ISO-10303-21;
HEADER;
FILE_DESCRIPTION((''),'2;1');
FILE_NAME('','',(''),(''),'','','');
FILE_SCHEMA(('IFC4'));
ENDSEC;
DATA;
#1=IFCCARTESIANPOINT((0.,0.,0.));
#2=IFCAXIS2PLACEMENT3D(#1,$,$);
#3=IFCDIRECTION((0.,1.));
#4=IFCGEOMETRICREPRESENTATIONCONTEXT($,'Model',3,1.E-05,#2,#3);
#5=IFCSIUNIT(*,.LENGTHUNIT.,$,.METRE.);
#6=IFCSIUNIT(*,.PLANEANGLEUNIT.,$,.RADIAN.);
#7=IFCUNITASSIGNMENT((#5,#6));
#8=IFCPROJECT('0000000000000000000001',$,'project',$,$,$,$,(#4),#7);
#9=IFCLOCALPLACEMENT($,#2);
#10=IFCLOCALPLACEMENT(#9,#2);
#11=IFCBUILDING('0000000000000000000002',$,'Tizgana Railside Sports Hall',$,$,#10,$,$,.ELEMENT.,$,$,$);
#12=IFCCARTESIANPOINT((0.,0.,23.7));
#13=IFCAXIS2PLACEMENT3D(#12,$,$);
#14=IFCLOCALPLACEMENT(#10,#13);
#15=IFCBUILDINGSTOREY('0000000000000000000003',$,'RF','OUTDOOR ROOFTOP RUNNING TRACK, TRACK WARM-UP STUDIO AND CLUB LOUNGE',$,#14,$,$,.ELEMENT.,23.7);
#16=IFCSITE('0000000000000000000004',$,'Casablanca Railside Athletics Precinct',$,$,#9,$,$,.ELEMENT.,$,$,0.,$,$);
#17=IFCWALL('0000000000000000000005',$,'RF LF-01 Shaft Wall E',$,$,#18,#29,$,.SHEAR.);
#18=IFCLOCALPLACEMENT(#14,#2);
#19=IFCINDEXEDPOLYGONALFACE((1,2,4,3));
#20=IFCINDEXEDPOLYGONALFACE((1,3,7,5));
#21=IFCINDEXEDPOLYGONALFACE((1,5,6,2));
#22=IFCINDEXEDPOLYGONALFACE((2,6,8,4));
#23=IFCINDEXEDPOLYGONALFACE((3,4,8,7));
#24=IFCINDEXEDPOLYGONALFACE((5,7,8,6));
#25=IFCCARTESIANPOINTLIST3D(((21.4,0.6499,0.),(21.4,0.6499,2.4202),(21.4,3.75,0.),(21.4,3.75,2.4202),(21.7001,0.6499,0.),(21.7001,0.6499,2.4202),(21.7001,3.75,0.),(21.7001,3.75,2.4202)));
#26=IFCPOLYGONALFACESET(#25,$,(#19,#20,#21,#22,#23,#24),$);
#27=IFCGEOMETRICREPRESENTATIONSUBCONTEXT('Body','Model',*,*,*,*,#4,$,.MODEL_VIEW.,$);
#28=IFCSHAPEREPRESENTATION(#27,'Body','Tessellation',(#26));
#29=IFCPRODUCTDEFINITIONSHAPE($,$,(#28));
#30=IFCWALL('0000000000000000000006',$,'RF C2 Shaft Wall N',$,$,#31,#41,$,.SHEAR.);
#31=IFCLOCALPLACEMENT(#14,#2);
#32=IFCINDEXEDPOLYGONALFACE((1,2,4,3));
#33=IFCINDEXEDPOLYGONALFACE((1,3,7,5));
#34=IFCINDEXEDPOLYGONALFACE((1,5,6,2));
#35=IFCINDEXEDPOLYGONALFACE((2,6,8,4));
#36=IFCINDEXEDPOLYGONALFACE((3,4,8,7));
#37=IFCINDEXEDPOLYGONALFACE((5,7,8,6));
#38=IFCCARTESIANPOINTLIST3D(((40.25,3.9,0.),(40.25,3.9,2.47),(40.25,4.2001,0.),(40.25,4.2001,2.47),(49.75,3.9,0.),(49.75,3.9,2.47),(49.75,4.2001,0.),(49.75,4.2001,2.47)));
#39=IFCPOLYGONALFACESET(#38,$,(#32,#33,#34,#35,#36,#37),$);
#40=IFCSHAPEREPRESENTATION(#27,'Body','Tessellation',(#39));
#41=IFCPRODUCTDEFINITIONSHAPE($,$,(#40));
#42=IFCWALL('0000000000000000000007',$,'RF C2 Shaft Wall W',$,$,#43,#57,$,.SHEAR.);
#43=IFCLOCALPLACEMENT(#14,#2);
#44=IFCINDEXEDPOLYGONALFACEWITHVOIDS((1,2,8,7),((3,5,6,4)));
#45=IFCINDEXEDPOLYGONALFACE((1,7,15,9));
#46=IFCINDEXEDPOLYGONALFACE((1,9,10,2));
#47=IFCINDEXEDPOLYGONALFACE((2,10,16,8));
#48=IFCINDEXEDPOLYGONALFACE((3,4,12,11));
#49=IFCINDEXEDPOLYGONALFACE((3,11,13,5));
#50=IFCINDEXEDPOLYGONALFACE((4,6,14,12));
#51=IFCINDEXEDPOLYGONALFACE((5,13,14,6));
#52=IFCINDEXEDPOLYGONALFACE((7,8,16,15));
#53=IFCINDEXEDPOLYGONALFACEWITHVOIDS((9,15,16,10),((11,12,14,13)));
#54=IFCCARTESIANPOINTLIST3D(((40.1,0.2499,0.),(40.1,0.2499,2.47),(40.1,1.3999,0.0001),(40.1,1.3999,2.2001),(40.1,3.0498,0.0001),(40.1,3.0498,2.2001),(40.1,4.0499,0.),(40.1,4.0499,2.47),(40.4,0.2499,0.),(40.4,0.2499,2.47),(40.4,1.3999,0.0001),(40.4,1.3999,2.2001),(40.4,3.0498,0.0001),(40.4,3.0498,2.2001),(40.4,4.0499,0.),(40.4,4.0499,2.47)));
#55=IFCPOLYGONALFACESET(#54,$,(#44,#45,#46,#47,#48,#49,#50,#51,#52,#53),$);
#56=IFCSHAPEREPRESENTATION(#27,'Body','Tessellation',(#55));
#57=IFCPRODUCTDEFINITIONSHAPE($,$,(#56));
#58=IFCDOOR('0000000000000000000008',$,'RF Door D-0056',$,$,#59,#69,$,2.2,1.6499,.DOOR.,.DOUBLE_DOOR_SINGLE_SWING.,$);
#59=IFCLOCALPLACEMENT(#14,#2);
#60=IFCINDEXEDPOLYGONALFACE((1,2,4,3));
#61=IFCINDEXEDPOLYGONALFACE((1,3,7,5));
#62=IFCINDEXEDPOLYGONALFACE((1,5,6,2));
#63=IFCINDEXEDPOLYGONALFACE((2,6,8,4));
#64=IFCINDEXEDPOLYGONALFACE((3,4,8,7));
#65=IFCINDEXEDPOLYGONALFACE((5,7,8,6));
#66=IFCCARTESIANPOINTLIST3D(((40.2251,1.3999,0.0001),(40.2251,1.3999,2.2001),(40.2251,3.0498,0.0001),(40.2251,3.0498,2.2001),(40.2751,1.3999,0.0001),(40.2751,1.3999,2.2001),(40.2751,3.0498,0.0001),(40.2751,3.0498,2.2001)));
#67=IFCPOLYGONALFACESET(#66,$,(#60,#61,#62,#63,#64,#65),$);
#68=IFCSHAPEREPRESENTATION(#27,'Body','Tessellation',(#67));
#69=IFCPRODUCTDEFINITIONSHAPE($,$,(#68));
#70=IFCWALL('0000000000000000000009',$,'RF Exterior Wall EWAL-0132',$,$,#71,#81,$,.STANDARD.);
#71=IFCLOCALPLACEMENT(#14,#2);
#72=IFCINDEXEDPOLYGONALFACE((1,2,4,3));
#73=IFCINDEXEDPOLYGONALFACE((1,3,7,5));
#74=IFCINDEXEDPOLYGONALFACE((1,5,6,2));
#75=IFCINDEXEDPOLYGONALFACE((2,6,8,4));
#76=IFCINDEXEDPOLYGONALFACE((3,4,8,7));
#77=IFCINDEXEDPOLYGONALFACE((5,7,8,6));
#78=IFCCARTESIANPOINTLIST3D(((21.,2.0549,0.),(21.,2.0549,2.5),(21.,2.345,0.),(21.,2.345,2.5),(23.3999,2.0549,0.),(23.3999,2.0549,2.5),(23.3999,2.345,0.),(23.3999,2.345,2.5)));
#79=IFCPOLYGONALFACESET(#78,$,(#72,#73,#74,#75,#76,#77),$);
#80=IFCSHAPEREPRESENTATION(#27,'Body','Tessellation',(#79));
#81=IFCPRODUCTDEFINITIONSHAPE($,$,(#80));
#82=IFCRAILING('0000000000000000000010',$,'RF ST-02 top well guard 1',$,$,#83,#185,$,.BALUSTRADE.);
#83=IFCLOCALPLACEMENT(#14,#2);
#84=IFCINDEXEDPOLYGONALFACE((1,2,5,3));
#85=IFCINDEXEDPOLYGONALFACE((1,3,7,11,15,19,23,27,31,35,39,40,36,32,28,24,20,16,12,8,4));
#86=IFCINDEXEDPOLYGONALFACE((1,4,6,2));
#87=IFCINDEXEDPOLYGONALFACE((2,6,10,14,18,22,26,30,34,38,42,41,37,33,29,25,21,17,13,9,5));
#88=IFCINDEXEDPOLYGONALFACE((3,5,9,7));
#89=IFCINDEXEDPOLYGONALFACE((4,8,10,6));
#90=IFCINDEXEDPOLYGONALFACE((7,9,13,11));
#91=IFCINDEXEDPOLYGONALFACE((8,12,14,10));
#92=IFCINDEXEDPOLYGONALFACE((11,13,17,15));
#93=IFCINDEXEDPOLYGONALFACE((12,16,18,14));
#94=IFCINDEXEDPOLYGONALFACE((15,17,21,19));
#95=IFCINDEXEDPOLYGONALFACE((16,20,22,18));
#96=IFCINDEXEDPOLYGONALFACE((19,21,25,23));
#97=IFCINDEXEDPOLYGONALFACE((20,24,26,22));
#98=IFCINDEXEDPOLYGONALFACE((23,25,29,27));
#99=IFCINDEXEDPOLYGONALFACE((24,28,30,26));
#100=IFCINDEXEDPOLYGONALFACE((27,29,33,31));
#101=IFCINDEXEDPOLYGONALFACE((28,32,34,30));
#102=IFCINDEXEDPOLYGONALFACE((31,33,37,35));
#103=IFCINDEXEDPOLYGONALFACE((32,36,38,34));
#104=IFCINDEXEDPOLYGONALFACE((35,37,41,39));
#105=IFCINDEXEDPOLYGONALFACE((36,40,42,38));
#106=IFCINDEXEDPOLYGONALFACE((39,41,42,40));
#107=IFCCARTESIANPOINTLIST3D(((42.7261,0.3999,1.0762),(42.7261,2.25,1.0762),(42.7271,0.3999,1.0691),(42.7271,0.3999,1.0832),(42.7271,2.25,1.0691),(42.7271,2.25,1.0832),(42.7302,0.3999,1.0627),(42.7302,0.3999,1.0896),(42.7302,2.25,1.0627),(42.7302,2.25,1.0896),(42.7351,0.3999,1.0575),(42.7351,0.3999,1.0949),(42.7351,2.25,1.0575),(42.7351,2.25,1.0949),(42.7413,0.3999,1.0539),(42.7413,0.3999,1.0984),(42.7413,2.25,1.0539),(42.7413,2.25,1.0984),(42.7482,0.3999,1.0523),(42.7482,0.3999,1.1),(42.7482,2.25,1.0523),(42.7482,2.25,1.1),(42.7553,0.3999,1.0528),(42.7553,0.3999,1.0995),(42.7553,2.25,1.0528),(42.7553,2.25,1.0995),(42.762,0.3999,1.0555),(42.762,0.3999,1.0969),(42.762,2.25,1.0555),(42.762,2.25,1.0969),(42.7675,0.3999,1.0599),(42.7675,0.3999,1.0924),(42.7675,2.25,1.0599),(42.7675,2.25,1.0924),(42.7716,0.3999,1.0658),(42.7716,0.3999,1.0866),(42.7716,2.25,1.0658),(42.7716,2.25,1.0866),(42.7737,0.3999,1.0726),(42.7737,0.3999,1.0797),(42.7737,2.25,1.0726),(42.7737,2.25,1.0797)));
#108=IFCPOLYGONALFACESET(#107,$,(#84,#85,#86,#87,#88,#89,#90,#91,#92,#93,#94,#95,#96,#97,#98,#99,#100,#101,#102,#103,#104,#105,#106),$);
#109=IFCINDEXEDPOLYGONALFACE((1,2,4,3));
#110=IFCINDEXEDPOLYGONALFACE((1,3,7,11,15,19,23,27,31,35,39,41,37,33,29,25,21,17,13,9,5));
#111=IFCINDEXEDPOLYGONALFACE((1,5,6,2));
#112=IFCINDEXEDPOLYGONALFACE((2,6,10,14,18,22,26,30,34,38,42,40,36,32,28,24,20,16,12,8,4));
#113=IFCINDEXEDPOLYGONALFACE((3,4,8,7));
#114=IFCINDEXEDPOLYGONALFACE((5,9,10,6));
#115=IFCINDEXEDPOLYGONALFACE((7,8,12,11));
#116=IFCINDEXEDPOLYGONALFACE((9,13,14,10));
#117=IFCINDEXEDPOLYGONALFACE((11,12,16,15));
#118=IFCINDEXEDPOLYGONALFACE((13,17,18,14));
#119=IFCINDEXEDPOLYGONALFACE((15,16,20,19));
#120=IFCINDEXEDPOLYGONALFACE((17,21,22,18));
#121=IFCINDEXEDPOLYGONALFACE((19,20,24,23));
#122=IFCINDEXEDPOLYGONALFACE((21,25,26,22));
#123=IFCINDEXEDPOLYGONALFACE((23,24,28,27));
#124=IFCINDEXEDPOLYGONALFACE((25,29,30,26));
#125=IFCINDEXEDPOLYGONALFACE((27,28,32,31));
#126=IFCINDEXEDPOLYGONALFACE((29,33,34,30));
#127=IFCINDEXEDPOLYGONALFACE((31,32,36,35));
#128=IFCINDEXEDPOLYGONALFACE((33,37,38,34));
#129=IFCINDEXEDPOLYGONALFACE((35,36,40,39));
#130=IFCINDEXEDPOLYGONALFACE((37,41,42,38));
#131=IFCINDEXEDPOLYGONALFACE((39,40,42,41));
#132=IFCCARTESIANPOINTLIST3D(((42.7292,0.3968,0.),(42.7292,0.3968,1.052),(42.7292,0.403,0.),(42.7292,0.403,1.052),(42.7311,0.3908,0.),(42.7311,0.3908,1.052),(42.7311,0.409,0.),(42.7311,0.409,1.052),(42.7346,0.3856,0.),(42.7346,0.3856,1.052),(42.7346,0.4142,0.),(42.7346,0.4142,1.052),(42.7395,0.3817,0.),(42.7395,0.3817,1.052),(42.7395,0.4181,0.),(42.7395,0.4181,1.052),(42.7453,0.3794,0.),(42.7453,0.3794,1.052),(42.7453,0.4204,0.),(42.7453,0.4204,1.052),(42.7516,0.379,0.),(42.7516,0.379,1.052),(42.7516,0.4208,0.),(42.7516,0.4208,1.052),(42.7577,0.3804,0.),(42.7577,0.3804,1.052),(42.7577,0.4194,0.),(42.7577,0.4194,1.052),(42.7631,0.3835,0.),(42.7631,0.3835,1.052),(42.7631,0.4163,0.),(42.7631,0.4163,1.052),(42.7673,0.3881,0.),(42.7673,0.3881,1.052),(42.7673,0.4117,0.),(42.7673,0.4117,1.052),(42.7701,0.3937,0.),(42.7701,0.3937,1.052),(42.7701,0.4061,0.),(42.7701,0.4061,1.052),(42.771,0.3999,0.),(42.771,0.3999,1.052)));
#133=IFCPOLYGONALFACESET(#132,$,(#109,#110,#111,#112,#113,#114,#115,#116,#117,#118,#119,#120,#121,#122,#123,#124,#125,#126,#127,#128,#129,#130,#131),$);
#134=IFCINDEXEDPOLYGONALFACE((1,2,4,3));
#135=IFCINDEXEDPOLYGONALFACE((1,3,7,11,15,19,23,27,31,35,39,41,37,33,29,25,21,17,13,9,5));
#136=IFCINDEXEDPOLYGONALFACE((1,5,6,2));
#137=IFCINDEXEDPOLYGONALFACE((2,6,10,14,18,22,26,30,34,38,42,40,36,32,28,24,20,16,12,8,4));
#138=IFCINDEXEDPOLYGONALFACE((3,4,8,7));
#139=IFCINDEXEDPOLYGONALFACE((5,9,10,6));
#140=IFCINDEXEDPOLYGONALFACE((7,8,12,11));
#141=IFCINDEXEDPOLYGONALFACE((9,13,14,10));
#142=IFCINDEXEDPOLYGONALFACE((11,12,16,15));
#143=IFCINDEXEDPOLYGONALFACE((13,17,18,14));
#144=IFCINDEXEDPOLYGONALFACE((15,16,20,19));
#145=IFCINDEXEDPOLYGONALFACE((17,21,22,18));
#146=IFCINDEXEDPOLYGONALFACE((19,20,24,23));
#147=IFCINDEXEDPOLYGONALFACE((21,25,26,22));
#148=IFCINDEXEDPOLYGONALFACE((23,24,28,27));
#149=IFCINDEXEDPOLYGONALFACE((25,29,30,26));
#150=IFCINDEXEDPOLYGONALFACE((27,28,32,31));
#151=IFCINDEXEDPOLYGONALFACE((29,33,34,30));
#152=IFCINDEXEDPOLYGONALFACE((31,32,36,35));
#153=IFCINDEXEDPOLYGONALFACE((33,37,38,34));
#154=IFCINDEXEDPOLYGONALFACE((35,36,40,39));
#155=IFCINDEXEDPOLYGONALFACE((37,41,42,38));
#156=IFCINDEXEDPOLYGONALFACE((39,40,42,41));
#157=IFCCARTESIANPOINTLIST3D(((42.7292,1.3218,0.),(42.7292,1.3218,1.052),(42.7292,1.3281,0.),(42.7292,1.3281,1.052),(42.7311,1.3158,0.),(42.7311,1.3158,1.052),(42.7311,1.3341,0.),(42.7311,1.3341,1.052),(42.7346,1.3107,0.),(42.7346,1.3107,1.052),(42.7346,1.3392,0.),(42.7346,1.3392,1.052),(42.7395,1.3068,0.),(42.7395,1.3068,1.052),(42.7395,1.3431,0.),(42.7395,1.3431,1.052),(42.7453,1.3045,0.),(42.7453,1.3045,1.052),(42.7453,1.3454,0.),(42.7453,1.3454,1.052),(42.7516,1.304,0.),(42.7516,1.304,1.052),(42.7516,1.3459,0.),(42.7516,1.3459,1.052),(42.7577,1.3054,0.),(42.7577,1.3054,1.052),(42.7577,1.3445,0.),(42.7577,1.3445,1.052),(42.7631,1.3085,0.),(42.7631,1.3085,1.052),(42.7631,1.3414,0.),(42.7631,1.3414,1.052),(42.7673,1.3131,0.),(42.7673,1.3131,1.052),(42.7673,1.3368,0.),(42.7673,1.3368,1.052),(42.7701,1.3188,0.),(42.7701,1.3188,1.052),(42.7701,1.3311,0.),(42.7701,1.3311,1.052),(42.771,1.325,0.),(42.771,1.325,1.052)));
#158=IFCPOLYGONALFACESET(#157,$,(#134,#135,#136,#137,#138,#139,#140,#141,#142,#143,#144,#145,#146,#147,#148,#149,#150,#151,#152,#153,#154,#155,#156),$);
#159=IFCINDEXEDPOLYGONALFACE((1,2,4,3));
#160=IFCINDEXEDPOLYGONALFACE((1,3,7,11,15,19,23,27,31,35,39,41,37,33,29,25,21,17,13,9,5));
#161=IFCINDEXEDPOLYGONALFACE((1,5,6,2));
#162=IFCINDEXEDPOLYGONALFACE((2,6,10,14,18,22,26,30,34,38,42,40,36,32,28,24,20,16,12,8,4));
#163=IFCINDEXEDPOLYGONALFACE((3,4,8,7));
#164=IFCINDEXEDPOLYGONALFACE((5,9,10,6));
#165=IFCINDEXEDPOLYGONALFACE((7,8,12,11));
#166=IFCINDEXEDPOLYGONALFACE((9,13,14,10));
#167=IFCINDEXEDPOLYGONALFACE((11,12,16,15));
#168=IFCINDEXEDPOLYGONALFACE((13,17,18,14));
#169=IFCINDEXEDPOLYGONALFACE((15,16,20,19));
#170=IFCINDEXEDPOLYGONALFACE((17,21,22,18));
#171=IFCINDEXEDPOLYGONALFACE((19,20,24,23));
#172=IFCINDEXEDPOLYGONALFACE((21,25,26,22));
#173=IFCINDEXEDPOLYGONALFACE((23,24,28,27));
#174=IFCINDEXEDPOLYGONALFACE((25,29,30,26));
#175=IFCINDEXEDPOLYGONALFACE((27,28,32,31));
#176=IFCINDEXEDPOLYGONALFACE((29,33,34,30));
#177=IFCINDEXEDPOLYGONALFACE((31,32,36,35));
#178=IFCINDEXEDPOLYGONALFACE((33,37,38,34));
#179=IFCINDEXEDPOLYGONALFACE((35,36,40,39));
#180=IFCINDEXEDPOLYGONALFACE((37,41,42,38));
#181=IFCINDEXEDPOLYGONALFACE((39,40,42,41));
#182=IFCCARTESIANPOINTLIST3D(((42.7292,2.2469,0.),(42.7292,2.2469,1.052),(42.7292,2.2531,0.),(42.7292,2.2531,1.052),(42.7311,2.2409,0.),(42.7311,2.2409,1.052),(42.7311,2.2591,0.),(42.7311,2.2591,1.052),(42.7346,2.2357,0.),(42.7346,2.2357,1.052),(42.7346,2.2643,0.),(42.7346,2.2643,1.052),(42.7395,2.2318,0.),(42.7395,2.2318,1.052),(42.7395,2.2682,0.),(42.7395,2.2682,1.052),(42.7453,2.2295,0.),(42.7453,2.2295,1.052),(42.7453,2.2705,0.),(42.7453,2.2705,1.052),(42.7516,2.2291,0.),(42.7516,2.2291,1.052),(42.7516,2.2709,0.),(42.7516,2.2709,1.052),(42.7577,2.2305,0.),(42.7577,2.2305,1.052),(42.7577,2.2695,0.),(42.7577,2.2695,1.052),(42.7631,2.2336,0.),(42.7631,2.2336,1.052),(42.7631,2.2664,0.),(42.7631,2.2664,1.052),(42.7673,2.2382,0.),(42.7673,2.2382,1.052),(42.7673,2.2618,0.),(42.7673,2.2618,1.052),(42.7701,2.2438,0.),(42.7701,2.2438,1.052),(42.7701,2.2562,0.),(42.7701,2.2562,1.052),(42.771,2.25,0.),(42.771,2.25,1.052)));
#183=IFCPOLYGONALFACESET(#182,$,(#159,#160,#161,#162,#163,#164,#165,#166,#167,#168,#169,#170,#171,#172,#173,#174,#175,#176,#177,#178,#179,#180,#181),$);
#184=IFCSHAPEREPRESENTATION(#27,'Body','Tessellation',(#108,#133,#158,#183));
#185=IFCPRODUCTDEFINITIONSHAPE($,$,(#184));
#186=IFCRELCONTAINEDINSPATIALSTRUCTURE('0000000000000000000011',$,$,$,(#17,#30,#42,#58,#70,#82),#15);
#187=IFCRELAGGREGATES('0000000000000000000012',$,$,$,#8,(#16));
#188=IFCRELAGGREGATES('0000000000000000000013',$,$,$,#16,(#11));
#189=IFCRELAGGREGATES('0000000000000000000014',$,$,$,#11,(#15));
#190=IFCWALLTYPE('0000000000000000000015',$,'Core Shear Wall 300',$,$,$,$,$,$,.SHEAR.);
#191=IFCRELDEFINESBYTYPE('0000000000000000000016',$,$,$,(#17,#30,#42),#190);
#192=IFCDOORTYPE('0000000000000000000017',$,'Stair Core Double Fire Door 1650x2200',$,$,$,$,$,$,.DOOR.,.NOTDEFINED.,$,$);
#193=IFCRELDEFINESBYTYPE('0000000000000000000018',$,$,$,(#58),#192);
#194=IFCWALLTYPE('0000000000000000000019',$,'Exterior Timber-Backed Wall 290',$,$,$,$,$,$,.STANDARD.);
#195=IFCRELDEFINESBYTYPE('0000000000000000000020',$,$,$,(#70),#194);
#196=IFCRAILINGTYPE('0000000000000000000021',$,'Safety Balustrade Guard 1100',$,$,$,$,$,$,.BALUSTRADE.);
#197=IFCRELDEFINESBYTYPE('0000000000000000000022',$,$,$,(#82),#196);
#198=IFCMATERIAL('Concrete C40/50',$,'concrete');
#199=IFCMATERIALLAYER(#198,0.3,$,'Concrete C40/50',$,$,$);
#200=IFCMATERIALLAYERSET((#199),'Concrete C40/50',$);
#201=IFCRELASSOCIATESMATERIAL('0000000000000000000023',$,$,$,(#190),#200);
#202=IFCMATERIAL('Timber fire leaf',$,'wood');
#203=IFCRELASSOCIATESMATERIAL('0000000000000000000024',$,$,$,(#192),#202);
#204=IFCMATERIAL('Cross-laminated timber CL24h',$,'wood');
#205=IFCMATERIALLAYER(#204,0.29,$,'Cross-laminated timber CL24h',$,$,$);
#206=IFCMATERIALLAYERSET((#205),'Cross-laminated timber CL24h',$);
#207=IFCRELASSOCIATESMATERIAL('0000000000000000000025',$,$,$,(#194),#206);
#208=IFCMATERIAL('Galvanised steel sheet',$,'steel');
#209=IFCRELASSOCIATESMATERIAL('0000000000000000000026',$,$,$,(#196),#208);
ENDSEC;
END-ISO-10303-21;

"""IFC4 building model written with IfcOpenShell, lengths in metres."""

from ifc_helpers import new_model, si_unit, direction, frame, frame_2d, origin, origin_2d, place, context, subcontext, project, spatial, rectangle, circle, extrude, material, layer, layer_set, type_object, element, fill, save


model = new_model("IFC4")

# Units and contexts
model_context = context("Model", 3, precision=1e-05, world=origin(), true_north=direction((0.0, 1.0)))
body_context = subcontext(model_context, "Body", "Model", "MODEL_VIEW")
ifc_project = project(units=[si_unit("LENGTHUNIT", "METRE"), si_unit("PLANEANGLEUNIT", "RADIAN")], contexts=[model_context])

# Site, building, storey
site_placement = place(None, origin())
site = spatial("IfcSite", under=ifc_project, at=site_placement, Name="Casablanca Railside Athletics Precinct", CompositionType="ELEMENT", RefElevation=0.0)
building_placement = place(site_placement, origin())
building = spatial("IfcBuilding", under=site, at=building_placement, Name="Tizgana Railside Sports Hall", CompositionType="ELEMENT")
storey_placement = place(building_placement, frame((0.0, 0.0, 23.7)))
storey = spatial("IfcBuildingStorey", under=building, at=storey_placement, Name="RF", Description="OUTDOOR ROOFTOP RUNNING TRACK, TRACK WARM-UP STUDIO AND CLUB LOUNGE", CompositionType="ELEMENT", Elevation=23.7)

# Shared definitions
ifc_material_1 = material(Name="Cross-laminated timber CL24h", Category="wood")

# Shared definitions
ifc_material_2 = material(Name="Concrete C40/50", Category="concrete")
ifc_layer_1 = layer(ifc_material_2, 0.3, Name="Concrete C40/50")
ifc_layer_set_1 = layer_set([ifc_layer_1], Name="Concrete C40/50")
wall_type_1 = type_object("IfcWallType", Name="Core Shear Wall 300", PredefinedType="SHEAR", material=ifc_layer_set_1)

# Walls
for number, where, z_axis, x_axis, name in (
    (1, (21.55, 0.6499, 0.0), (0.0, 0.0, 1.0), (0.0, 1.0, 0.0), "RF LF-01 Shaft Wall E"),
):
    element("IfcWall", number, at=place(storey_placement, frame(where, z_axis=z_axis, x_axis=x_axis)), inside=storey, type_object=wall_type_1, Name=name, PredefinedType="SHEAR", context=body_context, shape_type="SweptSolid", body=[
        extrude(rectangle(XDim=3.1001, YDim=0.3, at=frame_2d((1.55, 0.0))), origin(), (0.0, 0.0, 1.0), 2.4202),
    ])
wall_1_placement = place(storey_placement, frame((40.25, 4.05, 0.0), z_axis=(0.0, 0.0, 1.0), x_axis=(1.0, 0.0, 0.0)))
element("IfcWall", 2, at=wall_1_placement, inside=storey, type_object=wall_type_1, Name="RF C2 Shaft Wall N", PredefinedType="SHEAR", context=body_context, shape_type="SweptSolid", body=[
    extrude(rectangle(XDim=9.5, YDim=0.3, at=frame_2d((4.75, 0.0))), origin(), (0.0, 0.0, 1.0), 2.47),
])

# Wall, opening, door
wall_2_placement = place(storey_placement, frame((40.25, 0.25, 0.0), z_axis=(0.0, 0.0, 1.0), x_axis=(0.0, 1.0, 0.0)))
wall_2 = element("IfcWall", 3, at=wall_2_placement, inside=storey, type_object=wall_type_1, Name="RF C2 Shaft Wall W", PredefinedType="SHEAR", context=body_context, shape_type="SweptSolid", body=[
    extrude(rectangle(XDim=3.8, YDim=0.3, at=frame_2d((1.8999, 0.0))), origin(), (0.0, 0.0, 1.0), 2.47),
])
opening_1_placement = place(wall_2_placement, frame((1.1499, 0.0, 0.0)))
opening_1 = element("IfcOpeningElement", 4, at=opening_1_placement, cuts=wall_2, PredefinedType="OPENING", context=body_context, shape_type="SweptSolid", body=[
    extrude(rectangle(XDim=1.6499, YDim=2.2, at=frame_2d((0.825, 1.1001))), frame((0.0, 0.1599, 0.0), z_axis=(0.0, -1.0, 0.0), x_axis=(1.0, 0.0, 0.0)), (0.0, 0.0, 1.0), 0.3201),
])
ifc_material_3 = material(Name="Timber fire leaf", Category="wood")
door_type_1 = type_object("IfcDoorType", Name="Stair Core Double Fire Door 1650x2200", OperationType="NOTDEFINED", PredefinedType="DOOR", material=ifc_material_3)
door_1_placement = place(opening_1_placement, origin())
door_1 = element("IfcDoor", 5, at=door_1_placement, inside=storey, type_object=door_type_1, Name="RF Door D-0056", OperationType="DOUBLE_DOOR_SINGLE_SWING", OverallHeight=2.2, OverallWidth=1.6499, PredefinedType="DOOR", context=body_context, shape_type="SweptSolid", body=[
    extrude(rectangle(XDim=1.6499, YDim=2.2, at=frame_2d((0.825, 1.1001))), frame((0.0, 0.0249, 0.0), z_axis=(0.0, -1.0, 0.0), x_axis=(1.0, 0.0, 0.0)), (0.0, 0.0, 1.0), 0.05),
])
fill(opening_1, door_1)

# Wall
ifc_layer_2 = layer(ifc_material_1, 0.29, Name="Cross-laminated timber CL24h")
ifc_layer_set_2 = layer_set([ifc_layer_2], Name="Cross-laminated timber CL24h")
wall_type_2 = type_object("IfcWallType", Name="Exterior Timber-Backed Wall 290", PredefinedType="STANDARD", material=ifc_layer_set_2)
wall_3_placement = place(storey_placement, frame((23.3999, 2.2, 0.0), z_axis=(0.0, 0.0, 1.0), x_axis=(-1.0, 0.0, 0.0)))
element("IfcWall", 6, at=wall_3_placement, inside=storey, type_object=wall_type_2, Name="RF Exterior Wall EWAL-0132", PredefinedType="STANDARD", context=body_context, shape_type="SweptSolid", body=[
    extrude(rectangle(XDim=2.3999, YDim=0.29, at=frame_2d((1.2, 0.0))), origin(), (0.0, 0.0, 1.0), 2.5),
])

# Railing
ifc_material_4 = material(Name="Galvanised steel sheet", Category="steel")
railing_type_1 = type_object("IfcRailingType", Name="Safety Balustrade Guard 1100", PredefinedType="BALUSTRADE", material=ifc_material_4)
railing_1_placement = place(storey_placement, frame((42.75, 0.3999, 0.0)))
element("IfcRailing", 7, at=railing_1_placement, inside=storey, type_object=railing_type_1, Name="RF ST-02 top well guard 1", PredefinedType="BALUSTRADE", context=body_context, shape_type="SweptSolid", body=[
    extrude(circle(Radius=0.0239, at=origin_2d()), frame((0.0, 0.0, 1.0762), z_axis=(0.0, 1.0, 0.0), x_axis=(-1.0, 0.0, 0.0)), (0.0, 0.0, 1.0), 1.8501),
    extrude(circle(Radius=0.021, at=origin_2d()), origin(), (0.0, 0.0, 1.0), 1.052),
    extrude(circle(Radius=0.021, at=origin_2d()), frame((0.0, 0.925, 0.0)), (0.0, 0.0, 1.0), 1.052),
    extrude(circle(Radius=0.021, at=origin_2d()), frame((0.0, 1.8501, 0.0)), (0.0, 0.0, 1.0), 1.052),
])

save(model, "model.ifc")
